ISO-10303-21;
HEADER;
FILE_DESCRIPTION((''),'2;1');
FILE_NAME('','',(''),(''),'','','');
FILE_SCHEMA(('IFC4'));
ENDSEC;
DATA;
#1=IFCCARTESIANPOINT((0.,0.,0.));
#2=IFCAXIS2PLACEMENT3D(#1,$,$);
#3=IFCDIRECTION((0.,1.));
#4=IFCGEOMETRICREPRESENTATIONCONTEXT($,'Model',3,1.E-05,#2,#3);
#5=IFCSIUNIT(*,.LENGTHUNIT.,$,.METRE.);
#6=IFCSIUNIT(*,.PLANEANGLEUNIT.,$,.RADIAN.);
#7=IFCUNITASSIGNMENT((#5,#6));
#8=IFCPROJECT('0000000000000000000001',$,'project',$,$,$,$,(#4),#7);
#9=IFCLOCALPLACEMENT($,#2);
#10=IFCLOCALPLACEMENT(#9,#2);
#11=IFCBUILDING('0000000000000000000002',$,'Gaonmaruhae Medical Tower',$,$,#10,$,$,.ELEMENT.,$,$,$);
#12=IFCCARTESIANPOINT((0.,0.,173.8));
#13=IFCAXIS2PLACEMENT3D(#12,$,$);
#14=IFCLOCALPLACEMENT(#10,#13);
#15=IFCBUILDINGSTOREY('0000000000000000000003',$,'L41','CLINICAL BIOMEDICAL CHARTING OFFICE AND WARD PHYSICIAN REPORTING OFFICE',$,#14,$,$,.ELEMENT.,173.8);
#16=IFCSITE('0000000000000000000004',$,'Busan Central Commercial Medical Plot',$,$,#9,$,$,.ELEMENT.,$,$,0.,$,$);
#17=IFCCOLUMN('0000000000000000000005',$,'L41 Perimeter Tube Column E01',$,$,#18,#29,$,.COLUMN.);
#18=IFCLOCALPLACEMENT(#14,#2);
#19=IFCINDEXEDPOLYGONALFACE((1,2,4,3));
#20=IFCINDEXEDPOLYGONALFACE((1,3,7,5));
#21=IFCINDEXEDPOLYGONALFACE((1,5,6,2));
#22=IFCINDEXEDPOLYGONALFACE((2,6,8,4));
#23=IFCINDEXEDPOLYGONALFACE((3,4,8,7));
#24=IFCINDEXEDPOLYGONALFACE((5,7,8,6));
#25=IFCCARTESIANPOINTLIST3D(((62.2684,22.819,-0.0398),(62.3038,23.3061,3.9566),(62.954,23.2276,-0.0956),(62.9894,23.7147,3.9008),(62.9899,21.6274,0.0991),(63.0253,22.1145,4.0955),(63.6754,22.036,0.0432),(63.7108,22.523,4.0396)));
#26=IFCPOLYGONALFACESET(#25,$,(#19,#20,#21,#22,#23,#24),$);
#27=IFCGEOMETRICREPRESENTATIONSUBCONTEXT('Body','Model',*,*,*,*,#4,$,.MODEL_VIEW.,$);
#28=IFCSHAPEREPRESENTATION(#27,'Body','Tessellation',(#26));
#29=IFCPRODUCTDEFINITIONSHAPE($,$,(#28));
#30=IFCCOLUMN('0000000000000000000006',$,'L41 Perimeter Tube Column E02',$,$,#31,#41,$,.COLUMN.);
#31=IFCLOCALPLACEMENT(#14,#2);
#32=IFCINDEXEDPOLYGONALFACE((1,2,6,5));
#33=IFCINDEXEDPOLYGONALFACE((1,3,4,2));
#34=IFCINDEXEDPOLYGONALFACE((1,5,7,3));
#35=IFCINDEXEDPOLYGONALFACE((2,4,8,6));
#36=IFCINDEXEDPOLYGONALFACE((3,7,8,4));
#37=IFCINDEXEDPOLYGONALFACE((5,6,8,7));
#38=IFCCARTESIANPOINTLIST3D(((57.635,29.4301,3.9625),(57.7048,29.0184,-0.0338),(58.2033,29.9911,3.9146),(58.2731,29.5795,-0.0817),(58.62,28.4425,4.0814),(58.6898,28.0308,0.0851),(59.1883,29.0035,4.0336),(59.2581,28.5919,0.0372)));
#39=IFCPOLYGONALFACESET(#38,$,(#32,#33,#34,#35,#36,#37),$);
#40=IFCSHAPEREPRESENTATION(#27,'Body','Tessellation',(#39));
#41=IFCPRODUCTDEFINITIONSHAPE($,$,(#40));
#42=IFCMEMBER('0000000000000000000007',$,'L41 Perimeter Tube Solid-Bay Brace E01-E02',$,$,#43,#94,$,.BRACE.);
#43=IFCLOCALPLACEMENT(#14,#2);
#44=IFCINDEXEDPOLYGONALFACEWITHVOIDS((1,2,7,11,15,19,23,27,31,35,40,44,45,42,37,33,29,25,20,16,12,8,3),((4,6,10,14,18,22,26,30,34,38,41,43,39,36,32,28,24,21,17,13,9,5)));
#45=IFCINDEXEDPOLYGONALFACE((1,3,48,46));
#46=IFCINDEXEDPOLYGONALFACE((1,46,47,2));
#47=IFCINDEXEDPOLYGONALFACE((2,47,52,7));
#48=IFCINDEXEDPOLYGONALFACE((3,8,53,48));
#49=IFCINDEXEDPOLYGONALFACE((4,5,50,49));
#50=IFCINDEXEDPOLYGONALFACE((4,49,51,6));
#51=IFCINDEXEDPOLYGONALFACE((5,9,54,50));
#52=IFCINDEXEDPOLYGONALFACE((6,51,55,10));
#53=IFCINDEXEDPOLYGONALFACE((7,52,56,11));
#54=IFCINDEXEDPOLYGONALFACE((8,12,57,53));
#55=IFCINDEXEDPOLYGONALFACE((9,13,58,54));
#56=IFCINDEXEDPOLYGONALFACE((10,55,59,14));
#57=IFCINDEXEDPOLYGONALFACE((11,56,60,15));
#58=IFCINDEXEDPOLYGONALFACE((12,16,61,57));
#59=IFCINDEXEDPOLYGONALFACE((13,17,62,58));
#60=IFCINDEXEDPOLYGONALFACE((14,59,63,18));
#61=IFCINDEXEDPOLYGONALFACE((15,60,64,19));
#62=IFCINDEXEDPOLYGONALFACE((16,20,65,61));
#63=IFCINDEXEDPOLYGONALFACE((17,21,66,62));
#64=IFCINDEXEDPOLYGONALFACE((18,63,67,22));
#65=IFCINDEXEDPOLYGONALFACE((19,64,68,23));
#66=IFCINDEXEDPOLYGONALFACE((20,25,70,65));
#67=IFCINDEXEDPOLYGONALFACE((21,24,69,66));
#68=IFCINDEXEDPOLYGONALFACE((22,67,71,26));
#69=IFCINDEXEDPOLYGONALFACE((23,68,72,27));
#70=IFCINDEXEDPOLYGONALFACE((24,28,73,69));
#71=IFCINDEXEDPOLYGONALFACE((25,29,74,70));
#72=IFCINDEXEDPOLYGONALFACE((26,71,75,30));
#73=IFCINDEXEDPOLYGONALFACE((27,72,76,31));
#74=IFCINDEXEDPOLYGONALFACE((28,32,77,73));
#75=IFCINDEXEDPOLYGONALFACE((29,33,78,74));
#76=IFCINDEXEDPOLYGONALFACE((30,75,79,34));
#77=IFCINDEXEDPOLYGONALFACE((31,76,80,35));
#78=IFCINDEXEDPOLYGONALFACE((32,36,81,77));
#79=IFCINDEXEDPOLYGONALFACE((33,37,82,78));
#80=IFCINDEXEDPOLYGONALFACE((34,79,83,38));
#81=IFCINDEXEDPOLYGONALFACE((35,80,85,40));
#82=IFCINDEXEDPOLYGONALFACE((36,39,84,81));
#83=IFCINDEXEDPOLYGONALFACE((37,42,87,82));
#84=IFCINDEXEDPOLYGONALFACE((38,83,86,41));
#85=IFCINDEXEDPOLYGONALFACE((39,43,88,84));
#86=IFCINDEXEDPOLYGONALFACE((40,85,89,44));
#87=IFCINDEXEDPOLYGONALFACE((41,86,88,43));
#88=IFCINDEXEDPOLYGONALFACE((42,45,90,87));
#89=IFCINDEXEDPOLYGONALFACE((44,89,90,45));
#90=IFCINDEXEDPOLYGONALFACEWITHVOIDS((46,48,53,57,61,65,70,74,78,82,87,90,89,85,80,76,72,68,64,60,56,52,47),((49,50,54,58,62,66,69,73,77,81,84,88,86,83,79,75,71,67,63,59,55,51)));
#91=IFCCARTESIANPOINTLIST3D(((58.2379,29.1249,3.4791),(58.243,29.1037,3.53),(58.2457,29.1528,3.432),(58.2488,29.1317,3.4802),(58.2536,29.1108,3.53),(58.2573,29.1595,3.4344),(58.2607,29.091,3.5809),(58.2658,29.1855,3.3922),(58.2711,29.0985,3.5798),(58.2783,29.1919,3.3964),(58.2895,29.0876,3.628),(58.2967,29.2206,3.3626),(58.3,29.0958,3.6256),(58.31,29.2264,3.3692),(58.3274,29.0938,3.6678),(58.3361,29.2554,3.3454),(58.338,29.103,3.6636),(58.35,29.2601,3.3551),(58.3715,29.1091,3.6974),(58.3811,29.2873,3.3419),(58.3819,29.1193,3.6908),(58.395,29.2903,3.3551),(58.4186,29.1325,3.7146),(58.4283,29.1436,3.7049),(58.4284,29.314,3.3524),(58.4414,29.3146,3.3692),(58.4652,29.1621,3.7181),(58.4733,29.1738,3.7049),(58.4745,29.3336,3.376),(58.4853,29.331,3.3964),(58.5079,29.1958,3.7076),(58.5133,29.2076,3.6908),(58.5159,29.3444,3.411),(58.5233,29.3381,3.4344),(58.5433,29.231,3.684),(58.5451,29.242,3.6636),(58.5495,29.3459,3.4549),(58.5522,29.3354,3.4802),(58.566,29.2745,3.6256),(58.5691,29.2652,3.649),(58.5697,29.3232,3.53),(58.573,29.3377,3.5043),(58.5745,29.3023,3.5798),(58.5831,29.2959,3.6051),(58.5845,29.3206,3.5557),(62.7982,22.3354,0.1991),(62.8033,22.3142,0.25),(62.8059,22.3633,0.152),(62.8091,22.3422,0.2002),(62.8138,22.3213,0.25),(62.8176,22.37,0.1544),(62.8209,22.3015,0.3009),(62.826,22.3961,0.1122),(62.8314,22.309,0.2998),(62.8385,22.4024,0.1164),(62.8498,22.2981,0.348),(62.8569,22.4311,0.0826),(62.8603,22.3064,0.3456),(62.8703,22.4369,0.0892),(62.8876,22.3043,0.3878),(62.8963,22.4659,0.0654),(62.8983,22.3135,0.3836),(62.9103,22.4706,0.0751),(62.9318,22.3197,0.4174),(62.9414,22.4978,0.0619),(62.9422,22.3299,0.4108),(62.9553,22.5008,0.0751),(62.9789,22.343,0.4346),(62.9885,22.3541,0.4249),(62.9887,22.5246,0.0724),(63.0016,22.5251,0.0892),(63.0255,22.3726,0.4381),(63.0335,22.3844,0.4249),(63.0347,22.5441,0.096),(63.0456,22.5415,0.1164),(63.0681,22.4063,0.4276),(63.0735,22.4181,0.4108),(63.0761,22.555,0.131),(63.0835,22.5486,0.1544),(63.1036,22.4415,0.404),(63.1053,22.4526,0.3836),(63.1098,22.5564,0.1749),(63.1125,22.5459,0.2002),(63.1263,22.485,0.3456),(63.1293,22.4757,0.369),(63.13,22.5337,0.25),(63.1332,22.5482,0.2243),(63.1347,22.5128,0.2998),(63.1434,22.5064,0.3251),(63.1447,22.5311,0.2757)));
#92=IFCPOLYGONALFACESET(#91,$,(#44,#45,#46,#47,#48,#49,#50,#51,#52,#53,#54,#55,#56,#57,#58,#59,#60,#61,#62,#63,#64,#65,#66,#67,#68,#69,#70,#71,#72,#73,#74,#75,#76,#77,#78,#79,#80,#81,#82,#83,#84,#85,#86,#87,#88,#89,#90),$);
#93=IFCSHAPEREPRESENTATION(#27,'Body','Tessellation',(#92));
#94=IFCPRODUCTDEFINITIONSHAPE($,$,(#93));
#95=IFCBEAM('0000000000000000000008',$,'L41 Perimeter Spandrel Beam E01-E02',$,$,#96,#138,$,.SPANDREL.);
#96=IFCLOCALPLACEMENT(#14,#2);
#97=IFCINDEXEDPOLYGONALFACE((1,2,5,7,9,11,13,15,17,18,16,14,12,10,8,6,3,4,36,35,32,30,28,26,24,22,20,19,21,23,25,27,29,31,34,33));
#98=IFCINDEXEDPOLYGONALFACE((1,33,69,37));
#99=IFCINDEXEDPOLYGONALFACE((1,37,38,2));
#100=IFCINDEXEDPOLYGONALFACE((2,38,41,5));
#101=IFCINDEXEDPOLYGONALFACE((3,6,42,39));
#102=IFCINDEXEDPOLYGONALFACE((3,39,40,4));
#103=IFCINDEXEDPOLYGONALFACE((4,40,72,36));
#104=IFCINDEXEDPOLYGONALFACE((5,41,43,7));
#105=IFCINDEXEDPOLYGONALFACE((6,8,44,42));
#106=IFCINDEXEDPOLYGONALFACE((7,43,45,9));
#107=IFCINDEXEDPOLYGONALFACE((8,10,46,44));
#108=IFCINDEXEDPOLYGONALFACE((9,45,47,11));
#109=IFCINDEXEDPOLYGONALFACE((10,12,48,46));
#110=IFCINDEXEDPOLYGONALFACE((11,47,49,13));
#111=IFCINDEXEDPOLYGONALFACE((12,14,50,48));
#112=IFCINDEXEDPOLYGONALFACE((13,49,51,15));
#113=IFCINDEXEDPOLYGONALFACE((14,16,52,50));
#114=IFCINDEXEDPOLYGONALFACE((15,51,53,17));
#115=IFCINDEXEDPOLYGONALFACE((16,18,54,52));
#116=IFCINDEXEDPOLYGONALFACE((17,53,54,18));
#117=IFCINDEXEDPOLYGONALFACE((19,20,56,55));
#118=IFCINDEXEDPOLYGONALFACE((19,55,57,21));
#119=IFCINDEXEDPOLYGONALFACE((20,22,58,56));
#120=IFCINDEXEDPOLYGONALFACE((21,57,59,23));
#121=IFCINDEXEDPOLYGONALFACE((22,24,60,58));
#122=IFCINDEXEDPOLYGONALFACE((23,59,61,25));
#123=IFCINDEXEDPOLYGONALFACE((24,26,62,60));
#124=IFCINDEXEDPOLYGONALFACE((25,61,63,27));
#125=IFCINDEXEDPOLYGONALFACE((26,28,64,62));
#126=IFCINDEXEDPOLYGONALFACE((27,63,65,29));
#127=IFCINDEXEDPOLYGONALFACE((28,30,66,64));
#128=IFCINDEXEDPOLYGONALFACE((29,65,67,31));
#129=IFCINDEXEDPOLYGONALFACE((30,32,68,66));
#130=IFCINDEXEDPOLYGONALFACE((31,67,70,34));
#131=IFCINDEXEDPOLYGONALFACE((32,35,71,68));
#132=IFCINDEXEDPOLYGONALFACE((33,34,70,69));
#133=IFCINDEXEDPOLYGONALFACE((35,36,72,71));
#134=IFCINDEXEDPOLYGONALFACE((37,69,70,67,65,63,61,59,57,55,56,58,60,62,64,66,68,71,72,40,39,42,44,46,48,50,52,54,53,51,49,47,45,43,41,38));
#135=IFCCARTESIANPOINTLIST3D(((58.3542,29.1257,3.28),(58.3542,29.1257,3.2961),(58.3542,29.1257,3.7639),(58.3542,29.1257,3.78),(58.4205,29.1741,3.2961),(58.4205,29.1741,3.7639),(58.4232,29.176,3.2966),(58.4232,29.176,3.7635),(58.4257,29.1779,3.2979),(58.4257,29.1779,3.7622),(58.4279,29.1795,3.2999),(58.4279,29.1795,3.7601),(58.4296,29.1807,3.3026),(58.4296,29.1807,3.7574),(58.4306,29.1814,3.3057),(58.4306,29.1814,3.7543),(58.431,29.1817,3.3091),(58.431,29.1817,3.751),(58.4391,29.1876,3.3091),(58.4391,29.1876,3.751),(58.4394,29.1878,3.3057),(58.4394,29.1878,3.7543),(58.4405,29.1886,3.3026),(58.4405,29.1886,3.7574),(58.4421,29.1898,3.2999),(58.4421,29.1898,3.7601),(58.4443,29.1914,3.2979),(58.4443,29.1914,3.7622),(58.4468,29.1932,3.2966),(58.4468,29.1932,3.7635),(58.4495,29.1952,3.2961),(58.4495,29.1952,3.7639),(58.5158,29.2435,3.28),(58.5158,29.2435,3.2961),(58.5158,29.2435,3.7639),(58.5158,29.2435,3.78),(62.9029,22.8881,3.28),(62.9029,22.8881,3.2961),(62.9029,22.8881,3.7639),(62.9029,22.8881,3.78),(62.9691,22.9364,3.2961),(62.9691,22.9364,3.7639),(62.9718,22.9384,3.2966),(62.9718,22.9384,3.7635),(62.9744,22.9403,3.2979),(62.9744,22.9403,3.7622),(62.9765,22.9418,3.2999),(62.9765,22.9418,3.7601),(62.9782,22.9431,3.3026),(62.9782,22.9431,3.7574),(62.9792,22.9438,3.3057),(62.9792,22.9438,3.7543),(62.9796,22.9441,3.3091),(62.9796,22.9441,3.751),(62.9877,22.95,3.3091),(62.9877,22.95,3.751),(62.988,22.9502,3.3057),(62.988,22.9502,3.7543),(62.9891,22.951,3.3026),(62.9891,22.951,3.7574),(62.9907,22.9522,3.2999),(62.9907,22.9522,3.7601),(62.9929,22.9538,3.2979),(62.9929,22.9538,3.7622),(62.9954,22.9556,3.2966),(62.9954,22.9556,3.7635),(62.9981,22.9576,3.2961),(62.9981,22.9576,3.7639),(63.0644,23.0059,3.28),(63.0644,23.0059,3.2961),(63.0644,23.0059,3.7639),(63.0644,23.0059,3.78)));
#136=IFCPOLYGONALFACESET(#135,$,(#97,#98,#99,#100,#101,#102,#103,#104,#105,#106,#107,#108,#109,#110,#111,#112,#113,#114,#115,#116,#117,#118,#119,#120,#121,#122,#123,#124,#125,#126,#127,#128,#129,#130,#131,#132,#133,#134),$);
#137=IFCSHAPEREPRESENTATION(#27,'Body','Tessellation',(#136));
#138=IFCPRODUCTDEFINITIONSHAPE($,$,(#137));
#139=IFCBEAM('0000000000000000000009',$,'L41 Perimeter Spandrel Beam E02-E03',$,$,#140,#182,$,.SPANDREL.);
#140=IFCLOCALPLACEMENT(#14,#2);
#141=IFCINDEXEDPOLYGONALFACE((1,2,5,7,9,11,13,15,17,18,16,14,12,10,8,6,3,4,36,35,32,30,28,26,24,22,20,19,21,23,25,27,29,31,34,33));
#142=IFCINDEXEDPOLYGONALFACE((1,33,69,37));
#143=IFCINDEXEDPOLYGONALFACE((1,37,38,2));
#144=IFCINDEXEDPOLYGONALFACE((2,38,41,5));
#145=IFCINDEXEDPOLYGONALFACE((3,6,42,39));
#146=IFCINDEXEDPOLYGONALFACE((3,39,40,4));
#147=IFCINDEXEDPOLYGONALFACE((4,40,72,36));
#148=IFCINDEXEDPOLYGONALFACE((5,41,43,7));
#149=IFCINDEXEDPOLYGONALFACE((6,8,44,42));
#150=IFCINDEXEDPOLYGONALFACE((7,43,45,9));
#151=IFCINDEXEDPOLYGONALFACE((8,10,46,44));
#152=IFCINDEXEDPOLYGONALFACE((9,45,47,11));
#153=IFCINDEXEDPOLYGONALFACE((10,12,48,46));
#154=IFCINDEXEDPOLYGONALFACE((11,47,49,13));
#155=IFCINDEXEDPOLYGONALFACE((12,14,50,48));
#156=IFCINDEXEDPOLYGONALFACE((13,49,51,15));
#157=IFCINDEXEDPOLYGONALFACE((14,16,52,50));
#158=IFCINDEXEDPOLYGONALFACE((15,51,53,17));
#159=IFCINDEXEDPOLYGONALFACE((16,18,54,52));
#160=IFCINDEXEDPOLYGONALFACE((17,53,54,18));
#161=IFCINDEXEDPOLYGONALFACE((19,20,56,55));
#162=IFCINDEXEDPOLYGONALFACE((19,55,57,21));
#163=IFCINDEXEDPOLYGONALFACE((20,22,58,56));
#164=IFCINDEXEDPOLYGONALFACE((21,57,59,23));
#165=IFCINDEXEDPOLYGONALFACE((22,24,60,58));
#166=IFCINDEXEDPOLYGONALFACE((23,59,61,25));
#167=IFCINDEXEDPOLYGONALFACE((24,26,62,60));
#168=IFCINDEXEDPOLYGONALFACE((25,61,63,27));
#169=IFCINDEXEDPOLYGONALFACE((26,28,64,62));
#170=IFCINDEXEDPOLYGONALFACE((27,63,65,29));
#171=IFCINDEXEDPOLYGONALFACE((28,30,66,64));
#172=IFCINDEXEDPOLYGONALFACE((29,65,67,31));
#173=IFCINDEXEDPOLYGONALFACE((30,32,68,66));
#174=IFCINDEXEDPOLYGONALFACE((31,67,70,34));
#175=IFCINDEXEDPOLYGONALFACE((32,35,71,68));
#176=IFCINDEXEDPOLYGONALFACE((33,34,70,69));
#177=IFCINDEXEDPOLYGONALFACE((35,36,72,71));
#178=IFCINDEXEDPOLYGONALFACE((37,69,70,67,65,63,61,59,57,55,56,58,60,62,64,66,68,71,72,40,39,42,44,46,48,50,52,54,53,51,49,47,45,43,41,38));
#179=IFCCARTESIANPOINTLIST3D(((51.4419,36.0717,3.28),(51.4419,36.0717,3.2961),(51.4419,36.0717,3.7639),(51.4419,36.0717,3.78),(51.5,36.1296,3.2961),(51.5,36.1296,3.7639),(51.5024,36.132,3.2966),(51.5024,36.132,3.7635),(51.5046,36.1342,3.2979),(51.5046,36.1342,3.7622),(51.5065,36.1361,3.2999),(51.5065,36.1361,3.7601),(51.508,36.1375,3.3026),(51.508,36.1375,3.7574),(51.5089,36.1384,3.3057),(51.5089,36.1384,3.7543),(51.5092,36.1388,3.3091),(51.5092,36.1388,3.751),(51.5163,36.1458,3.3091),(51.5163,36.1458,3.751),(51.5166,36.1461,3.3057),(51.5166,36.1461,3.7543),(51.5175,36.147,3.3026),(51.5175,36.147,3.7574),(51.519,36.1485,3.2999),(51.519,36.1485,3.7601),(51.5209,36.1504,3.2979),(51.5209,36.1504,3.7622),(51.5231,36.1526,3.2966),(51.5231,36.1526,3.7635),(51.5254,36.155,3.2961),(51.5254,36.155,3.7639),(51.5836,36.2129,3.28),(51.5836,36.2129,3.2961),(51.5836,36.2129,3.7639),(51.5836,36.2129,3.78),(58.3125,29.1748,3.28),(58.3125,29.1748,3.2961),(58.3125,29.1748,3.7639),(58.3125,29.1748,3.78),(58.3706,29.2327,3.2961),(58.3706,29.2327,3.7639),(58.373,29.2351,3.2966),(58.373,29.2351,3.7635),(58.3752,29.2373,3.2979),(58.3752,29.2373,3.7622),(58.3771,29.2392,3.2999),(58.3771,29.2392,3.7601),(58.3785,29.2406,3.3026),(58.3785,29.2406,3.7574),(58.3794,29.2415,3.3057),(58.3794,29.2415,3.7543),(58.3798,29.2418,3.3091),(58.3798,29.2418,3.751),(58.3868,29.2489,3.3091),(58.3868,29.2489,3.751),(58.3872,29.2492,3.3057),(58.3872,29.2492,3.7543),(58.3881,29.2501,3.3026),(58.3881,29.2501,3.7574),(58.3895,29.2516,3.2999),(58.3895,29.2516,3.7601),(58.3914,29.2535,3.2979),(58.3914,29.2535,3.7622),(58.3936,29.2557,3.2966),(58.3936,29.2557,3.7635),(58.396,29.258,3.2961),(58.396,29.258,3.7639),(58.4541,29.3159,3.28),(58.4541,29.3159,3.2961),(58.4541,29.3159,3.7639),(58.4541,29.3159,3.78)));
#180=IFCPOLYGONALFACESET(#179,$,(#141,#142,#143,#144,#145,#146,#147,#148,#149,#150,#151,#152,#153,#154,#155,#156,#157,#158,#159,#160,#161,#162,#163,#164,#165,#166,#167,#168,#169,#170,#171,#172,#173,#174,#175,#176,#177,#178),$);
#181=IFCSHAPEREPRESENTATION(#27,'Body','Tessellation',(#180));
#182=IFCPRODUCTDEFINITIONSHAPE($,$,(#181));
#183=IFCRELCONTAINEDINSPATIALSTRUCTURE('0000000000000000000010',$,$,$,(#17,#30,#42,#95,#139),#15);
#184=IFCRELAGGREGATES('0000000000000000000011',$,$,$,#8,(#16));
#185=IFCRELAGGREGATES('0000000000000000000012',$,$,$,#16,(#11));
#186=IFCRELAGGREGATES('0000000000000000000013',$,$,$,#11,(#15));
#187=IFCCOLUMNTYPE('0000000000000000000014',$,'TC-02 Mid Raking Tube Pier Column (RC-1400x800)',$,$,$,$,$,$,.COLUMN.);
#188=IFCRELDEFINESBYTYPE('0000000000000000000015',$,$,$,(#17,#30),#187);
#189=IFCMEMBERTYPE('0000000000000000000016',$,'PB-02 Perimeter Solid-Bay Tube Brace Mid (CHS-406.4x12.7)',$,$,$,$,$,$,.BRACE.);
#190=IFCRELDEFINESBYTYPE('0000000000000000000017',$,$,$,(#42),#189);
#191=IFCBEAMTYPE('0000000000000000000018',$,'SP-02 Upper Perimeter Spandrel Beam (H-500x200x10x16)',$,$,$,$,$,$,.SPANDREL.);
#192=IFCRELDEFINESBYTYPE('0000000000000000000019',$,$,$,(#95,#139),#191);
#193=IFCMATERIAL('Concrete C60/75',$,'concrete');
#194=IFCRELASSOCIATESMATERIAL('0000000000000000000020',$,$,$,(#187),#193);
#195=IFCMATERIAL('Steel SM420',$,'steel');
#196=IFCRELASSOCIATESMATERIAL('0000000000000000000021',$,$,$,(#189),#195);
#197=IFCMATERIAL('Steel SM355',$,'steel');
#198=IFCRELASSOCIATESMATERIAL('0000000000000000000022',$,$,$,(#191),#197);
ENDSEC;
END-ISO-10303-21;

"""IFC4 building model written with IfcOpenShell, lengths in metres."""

from ifc_helpers import new_model, si_unit, direction, frame, origin, origin_2d, place, context, subcontext, project, spatial, rectangle, hollow_circle, i_section, extrude, material, material_profile, profile_set, type_object, element, save


model = new_model("IFC4")

# Units and contexts
model_context = context("Model", 3, precision=1e-05, world=origin(), true_north=direction((0.0, 1.0)))
body_context = subcontext(model_context, "Body", "Model", "MODEL_VIEW")
ifc_project = project(units=[si_unit("LENGTHUNIT", "METRE"), si_unit("PLANEANGLEUNIT", "RADIAN")], contexts=[model_context])

# Site, building, storey
site_placement = place(None, origin())
site = spatial("IfcSite", under=ifc_project, at=site_placement, Name="Busan Central Commercial Medical Plot", CompositionType="ELEMENT", RefElevation=0.0)
building_placement = place(site_placement, origin())
building = spatial("IfcBuilding", under=site, at=building_placement, Name="Gaonmaruhae Medical Tower", CompositionType="ELEMENT")
storey_placement = place(building_placement, frame((0.0, 0.0, 173.8)))
storey = spatial("IfcBuildingStorey", under=building, at=storey_placement, Name="L41", Description="CLINICAL BIOMEDICAL CHARTING OFFICE AND WARD PHYSICIAN REPORTING OFFICE", CompositionType="ELEMENT", Elevation=173.8)

# Columns
ifc_material_1 = material(Name="Concrete C60/75", Category="concrete")
ifc_material_profile_1 = material_profile(ifc_material_1, rectangle(XDim=1.3999, YDim=0.8, at=origin_2d()), Name="RC-1400x800")
ifc_profile_set_1 = profile_set([ifc_material_profile_1], Name="Concrete C60/75")
column_type = type_object("IfcColumnType", Name="TC-02 Mid Raking Tube Pier Column (RC-1400x800)", PredefinedType="COLUMN", material=ifc_profile_set_1)
column_1_placement = place(storey_placement, frame((62.9719, 22.4275, 0.0017), z_axis=(0.008793, 0.120977, 0.992616), x_axis=(0.51537, -0.851209, 0.099177)))
element("IfcColumn", 1, at=column_1_placement, inside=storey, type_object=column_type, Name="L41 Perimeter Tube Column E01", PredefinedType="COLUMN", context=body_context, shape_type="SweptSolid", body=[
    extrude(rectangle(XDim=1.3999, YDim=0.8, at=origin_2d()), origin(), (0.0, 0.0, 1.0), 4.0261),
])
column_2_placement = place(storey_placement, frame((58.4814, 28.8052, 0.0017), z_axis=(-0.017377, 0.102442, 0.994587), x_axis=(0.703616, -0.705483, 0.084958)))
element("IfcColumn", 2, at=column_2_placement, inside=storey, type_object=column_type, Name="L41 Perimeter Tube Column E02", PredefinedType="COLUMN", context=body_context, shape_type="SweptSolid", body=[
    extrude(rectangle(XDim=1.3999, YDim=0.8, at=origin_2d()), origin(), (0.0, 0.0, 1.0), 4.0181),
])

# Member
ifc_material_2 = material(Name="Steel SM420", Category="steel")
ifc_material_profile_2 = material_profile(ifc_material_2, hollow_circle(Radius=0.2031, WallThickness=0.0127, at=origin_2d()), Name="CHS-406.4x12.7")
ifc_profile_set_2 = profile_set([ifc_material_profile_2], Name="Steel SM420")
member_type = type_object("IfcMemberType", Name="PB-02 Perimeter Solid-Bay Tube Brace Mid (CHS-406.4x12.7)", PredefinedType="BRACE", material=ifc_profile_set_2)
member_placement = place(storey_placement, frame((62.9719, 22.4275, 0.25), z_axis=(-0.517505, 0.770481, 0.372219), x_axis=(-0.83013, -0.557569, 0.0)))
element("IfcMember", 3, at=member_placement, inside=storey, type_object=member_type, Name="L41 Perimeter Tube Solid-Bay Brace E01-E02", PredefinedType="BRACE", context=body_context, shape_type="SweptSolid", body=[
    extrude(hollow_circle(Radius=0.2031, WallThickness=0.0127, at=origin_2d()), origin(), (0.0, 0.0, 1.0), 8.812),
])

# Beams
ifc_material_3 = material(Name="Steel SM355", Category="steel")
ifc_material_profile_3 = material_profile(ifc_material_3, i_section(OverallWidth=0.2, OverallDepth=0.5, WebThickness=0.01, FlangeThickness=0.0161, FilletRadius=0.0129, at=origin_2d()), Name="H-500x200x10x16")
ifc_profile_set_3 = profile_set([ifc_material_profile_3], Name="Steel SM355")
beam_type = type_object("IfcBeamType", Name="SP-02 Upper Perimeter Spandrel Beam (H-500x200x10x16)", PredefinedType="SPANDREL", material=ifc_profile_set_3)
beam_1_placement = place(storey_placement, frame((62.9836, 22.947, 3.53), z_axis=(-0.589204, 0.807985, 0.0), x_axis=(-0.807985, -0.589204, 0.0)))
element("IfcBeam", 4, at=beam_1_placement, inside=storey, type_object=beam_type, Name="L41 Perimeter Spandrel Beam E01-E02", PredefinedType="SPANDREL", context=body_context, shape_type="SweptSolid", body=[
    extrude(i_section(OverallWidth=0.2, OverallDepth=0.5, WebThickness=0.01, FlangeThickness=0.0161, FilletRadius=0.0129, at=origin_2d()), origin(), (0.0, 0.0, 1.0), 7.72),
])
beam_2_placement = place(storey_placement, frame((58.3833, 29.2454, 3.53), z_axis=(-0.705751, 0.70846, 0.0), x_axis=(-0.70846, -0.705751, 0.0)))
element("IfcBeam", 5, at=beam_2_placement, inside=storey, type_object=beam_type, Name="L41 Perimeter Spandrel Beam E02-E03", PredefinedType="SPANDREL", context=body_context, shape_type="SweptSolid", body=[
    extrude(i_section(OverallWidth=0.2, OverallDepth=0.5, WebThickness=0.01, FlangeThickness=0.0161, FilletRadius=0.0129, at=origin_2d()), origin(), (0.0, 0.0, 1.0), 9.7351),
])

save(model, "model.ifc")
